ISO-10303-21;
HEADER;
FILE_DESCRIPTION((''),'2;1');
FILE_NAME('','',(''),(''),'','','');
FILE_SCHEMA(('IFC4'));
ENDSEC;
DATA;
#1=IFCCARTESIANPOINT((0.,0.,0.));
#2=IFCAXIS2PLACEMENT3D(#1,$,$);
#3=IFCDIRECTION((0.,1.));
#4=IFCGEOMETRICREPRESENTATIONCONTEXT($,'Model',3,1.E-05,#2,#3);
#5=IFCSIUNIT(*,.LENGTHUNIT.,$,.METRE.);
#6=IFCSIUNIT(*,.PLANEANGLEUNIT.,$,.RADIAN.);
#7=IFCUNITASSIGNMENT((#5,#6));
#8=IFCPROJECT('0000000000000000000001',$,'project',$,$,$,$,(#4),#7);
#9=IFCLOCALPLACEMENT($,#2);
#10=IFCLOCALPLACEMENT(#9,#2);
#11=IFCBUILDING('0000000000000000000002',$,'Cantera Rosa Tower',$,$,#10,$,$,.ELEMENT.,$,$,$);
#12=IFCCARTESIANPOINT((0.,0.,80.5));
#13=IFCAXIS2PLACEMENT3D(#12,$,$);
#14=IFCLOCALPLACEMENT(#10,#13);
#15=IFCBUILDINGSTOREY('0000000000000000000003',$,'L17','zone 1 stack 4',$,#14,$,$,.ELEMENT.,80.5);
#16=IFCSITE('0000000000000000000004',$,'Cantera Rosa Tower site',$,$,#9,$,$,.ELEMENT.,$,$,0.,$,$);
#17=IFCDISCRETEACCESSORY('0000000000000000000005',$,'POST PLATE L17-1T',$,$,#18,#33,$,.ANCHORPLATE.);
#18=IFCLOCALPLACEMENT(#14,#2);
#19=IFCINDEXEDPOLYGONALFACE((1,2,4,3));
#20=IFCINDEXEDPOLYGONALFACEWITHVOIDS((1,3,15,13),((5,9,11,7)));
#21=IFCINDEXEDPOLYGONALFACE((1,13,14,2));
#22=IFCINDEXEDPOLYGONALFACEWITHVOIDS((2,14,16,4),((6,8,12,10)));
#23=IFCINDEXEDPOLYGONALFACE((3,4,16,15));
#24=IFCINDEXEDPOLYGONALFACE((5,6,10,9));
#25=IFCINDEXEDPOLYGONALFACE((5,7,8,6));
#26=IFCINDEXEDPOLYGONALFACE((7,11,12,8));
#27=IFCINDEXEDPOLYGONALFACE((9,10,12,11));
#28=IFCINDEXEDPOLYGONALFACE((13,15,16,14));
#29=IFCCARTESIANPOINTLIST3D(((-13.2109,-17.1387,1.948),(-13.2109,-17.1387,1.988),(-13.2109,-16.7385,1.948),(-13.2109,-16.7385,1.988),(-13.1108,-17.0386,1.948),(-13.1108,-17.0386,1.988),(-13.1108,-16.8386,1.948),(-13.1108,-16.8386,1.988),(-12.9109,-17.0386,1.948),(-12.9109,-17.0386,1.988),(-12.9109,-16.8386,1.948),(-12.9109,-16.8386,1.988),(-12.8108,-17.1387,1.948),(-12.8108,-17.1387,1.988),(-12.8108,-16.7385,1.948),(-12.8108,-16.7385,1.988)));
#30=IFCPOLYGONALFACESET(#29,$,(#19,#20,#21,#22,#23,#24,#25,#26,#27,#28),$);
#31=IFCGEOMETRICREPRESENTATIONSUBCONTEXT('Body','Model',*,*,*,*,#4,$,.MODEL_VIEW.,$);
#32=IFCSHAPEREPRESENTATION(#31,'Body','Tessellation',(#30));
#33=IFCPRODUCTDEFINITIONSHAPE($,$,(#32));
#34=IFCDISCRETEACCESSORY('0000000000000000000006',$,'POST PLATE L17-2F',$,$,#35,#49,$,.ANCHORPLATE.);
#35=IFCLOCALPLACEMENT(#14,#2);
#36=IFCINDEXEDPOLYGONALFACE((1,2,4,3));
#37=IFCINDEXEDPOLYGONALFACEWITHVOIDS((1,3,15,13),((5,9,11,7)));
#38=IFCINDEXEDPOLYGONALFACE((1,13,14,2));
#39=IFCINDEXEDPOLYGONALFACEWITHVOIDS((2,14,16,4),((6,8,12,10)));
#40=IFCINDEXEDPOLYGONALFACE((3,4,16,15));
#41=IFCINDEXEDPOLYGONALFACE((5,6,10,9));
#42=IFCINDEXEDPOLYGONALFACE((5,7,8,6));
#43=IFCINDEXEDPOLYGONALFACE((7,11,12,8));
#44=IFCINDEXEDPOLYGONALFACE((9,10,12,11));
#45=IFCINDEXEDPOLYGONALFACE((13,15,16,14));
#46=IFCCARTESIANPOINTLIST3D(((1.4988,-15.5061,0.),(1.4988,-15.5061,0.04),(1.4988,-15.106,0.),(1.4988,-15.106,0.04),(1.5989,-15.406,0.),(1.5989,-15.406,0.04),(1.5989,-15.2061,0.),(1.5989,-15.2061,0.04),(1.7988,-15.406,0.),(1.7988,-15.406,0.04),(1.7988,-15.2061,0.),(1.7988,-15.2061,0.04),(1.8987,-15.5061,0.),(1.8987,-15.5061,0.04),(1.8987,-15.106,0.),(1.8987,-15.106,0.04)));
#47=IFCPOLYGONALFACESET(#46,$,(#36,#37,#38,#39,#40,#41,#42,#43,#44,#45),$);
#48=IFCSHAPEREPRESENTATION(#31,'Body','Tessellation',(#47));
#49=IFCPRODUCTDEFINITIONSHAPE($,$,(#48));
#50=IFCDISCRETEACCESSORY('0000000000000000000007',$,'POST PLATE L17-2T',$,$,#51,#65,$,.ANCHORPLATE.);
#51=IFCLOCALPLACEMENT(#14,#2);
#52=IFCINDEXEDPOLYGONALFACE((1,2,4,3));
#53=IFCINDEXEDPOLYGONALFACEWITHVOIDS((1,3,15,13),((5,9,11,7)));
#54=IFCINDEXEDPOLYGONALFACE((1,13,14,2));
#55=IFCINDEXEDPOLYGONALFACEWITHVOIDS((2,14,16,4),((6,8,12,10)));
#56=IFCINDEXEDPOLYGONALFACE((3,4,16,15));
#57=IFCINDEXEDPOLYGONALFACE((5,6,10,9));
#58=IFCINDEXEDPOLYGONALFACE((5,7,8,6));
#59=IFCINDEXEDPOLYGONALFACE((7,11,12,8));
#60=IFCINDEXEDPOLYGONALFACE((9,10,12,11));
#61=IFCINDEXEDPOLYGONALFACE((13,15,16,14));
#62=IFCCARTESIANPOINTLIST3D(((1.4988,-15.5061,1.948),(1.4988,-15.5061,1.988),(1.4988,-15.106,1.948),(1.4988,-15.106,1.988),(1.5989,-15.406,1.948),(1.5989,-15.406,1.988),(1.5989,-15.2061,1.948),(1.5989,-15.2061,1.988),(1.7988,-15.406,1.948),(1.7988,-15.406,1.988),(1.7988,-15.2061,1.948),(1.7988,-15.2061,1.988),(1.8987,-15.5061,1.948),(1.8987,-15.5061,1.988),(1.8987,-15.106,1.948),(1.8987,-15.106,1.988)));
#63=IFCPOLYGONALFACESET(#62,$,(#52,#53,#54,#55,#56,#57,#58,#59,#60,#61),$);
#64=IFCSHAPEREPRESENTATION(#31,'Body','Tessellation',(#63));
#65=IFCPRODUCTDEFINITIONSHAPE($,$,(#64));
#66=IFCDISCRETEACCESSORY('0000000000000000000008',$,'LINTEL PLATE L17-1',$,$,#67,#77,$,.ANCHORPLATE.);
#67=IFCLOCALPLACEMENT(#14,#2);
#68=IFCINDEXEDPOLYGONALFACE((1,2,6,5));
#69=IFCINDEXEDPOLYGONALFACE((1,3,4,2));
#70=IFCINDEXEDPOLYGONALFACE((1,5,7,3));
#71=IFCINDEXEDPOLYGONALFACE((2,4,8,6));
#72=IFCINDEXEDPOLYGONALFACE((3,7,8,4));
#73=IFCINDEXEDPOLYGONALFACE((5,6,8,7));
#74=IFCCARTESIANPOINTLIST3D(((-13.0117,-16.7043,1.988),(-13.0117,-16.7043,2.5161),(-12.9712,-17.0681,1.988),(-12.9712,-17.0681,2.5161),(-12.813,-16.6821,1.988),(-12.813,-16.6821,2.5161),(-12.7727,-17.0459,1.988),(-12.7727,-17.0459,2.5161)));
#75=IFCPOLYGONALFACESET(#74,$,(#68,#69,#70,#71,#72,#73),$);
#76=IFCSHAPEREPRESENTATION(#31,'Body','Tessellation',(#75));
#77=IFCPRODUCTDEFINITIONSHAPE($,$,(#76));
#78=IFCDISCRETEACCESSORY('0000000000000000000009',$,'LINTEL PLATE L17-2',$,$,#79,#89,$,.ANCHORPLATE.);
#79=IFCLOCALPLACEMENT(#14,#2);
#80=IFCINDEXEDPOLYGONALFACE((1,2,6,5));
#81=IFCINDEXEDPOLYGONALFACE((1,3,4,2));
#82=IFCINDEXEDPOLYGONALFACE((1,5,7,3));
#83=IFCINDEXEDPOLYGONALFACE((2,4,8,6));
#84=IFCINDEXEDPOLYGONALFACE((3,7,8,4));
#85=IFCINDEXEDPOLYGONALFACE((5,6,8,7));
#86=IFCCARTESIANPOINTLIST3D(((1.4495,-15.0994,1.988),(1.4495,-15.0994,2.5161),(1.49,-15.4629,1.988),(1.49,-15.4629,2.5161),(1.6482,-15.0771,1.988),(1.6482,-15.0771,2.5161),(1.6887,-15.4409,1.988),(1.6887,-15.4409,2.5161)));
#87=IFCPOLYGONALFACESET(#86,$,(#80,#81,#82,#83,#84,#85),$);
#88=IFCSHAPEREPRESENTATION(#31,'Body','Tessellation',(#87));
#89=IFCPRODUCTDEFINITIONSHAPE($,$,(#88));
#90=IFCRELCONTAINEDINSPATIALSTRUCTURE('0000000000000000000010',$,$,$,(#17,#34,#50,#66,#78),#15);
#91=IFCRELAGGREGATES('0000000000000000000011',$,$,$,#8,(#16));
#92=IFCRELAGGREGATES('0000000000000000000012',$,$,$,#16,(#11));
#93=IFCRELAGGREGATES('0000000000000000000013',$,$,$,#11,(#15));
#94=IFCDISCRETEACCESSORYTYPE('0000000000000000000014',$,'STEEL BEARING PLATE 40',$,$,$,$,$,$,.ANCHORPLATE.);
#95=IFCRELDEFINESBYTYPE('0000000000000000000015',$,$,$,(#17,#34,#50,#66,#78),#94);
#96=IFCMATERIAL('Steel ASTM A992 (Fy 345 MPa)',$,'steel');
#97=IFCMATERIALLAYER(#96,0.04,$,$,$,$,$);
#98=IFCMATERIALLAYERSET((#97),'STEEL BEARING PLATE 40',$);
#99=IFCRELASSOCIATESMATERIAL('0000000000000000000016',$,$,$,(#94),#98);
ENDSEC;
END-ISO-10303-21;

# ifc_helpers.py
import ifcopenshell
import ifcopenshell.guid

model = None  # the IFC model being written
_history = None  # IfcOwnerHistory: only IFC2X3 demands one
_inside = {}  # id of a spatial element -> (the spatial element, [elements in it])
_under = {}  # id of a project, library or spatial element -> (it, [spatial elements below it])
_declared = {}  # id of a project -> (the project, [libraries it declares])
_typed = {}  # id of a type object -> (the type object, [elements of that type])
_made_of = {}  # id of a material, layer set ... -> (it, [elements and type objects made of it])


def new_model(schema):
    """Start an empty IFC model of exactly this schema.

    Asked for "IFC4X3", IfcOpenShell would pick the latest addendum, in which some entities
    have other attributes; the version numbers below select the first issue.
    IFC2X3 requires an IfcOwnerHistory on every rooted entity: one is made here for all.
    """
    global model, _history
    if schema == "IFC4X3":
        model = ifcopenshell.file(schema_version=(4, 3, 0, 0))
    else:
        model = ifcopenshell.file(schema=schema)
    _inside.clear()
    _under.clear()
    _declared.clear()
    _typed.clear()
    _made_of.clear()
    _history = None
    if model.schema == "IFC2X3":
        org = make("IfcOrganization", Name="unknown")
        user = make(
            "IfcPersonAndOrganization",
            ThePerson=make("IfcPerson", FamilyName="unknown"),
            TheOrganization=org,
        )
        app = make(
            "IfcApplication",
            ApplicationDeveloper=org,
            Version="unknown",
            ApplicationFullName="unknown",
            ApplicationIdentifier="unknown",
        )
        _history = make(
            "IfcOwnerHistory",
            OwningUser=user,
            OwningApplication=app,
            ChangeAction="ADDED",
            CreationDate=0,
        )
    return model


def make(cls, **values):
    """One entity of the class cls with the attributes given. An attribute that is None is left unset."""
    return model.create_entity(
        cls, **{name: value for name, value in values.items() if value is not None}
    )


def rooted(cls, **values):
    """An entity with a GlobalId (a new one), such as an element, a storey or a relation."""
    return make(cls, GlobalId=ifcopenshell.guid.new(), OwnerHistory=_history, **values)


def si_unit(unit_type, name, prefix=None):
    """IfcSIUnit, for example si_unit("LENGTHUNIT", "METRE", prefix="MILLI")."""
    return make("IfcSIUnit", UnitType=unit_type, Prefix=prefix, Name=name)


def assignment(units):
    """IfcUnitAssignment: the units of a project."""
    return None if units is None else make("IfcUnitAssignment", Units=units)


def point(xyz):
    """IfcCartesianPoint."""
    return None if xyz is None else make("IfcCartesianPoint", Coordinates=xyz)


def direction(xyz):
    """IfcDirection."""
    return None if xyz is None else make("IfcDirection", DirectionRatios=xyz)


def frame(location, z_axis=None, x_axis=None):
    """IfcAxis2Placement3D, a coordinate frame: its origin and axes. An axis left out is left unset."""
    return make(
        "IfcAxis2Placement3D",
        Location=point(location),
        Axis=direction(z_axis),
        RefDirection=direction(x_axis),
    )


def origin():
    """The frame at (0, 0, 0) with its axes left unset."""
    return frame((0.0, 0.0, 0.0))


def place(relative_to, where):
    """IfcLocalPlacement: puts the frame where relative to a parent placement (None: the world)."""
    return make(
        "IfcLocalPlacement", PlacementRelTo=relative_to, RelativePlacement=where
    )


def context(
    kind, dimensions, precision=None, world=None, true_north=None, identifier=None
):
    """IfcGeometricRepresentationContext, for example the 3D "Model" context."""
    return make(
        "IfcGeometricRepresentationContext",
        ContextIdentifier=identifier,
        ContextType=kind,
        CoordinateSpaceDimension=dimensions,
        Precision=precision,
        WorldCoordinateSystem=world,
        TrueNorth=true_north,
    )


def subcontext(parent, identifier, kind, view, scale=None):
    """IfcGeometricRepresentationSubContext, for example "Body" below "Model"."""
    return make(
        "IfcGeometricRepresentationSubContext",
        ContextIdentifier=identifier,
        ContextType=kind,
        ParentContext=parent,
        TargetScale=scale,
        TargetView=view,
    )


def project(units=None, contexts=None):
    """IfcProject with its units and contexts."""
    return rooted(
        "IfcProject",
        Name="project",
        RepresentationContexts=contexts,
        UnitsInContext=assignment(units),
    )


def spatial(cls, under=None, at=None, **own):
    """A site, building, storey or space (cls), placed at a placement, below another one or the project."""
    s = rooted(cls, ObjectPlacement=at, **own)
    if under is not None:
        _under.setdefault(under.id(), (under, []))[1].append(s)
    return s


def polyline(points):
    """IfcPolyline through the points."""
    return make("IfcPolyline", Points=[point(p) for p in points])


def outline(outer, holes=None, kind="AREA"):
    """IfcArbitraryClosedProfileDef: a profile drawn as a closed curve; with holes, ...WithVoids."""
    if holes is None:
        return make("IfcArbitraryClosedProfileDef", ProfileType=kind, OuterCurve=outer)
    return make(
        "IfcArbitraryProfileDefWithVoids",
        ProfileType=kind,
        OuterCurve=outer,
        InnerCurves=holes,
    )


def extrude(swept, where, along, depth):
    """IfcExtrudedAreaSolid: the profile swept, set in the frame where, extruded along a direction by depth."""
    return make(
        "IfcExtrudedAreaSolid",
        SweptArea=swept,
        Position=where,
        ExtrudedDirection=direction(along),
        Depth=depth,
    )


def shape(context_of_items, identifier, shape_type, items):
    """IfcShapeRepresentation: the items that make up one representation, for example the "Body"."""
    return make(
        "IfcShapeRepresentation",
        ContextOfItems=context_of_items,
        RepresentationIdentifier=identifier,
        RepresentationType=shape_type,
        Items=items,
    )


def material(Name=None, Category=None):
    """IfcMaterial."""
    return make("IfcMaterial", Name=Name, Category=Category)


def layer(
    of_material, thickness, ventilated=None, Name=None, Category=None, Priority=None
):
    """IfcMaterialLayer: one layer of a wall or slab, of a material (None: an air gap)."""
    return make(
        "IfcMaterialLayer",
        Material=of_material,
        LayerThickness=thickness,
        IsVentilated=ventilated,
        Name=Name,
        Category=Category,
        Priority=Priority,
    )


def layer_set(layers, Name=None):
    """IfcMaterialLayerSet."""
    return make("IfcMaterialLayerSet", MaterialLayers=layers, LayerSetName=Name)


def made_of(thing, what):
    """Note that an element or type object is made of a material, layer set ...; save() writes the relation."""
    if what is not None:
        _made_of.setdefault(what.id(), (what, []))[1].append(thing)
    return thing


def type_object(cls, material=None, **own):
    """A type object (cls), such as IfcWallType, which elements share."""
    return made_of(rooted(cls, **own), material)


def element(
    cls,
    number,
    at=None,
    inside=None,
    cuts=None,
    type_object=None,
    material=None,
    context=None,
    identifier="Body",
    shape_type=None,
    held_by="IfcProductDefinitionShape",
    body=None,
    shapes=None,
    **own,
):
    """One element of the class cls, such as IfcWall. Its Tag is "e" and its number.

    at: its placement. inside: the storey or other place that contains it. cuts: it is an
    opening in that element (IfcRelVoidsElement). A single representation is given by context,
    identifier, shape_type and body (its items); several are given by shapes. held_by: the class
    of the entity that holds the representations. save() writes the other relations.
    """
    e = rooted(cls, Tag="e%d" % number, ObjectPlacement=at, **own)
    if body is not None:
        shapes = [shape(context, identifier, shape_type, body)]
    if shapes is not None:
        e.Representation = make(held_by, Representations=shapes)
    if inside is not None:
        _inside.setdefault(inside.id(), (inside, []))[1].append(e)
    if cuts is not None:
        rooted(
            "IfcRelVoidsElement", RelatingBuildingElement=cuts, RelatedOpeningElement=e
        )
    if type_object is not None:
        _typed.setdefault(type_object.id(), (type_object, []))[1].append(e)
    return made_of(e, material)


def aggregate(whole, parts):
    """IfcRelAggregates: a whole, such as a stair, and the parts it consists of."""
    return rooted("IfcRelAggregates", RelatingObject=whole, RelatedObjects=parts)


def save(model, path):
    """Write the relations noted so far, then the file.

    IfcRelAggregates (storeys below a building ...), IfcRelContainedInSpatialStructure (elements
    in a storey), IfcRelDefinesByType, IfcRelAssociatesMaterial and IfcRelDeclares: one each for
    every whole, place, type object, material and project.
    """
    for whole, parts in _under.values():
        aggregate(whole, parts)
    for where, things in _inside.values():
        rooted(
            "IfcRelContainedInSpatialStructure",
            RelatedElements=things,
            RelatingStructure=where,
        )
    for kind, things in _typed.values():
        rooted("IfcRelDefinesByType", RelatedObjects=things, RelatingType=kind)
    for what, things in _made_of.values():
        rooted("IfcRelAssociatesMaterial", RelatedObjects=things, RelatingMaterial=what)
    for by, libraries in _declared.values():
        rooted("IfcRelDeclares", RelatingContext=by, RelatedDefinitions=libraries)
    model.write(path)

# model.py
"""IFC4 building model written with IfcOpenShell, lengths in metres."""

from ifc_helpers import new_model, si_unit, direction, frame, origin, place, context, subcontext, project, spatial, polyline, outline, extrude, material, layer, layer_set, type_object, element, save


model = new_model("IFC4")

# Units and contexts
model_context = context("Model", 3, precision=1e-05, world=origin(), true_north=direction((0.0, 1.0)))
body_context = subcontext(model_context, "Body", "Model", "MODEL_VIEW")
ifc_project = project(units=[si_unit("LENGTHUNIT", "METRE"), si_unit("PLANEANGLEUNIT", "RADIAN")], contexts=[model_context])

# Site, building, storey
site_placement = place(None, origin())
site = spatial("IfcSite", under=ifc_project, at=site_placement, Name="Cantera Rosa Tower site", CompositionType="ELEMENT", RefElevation=0.0)
building_placement = place(site_placement, origin())
building = spatial("IfcBuilding", under=site, at=building_placement, Name="Cantera Rosa Tower", CompositionType="ELEMENT")
storey_placement = place(building_placement, frame((0.0, 0.0, 80.5)))
storey = spatial("IfcBuildingStorey", under=building, at=storey_placement, Name="L17", Description="zone 1 stack 4", CompositionType="ELEMENT", Elevation=80.5)

# Discrete accessories
ifc_material_1 = material(Name="Steel ASTM A992 (Fy 345 MPa)", Category="steel")
ifc_layer_1 = layer(ifc_material_1, 0.04)
ifc_layer_set_1 = layer_set([ifc_layer_1], Name="STEEL BEARING PLATE 40")
discrete_accessory_type = type_object("IfcDiscreteAccessoryType", Name="STEEL BEARING PLATE 40", PredefinedType="ANCHORPLATE", material=ifc_layer_set_1)
for number, where, name in (
    (1, (0.0, 0.0, 1.948), "POST PLATE L17-1T"),
):
    element("IfcDiscreteAccessory", number, at=place(storey_placement, frame(where)), inside=storey, type_object=discrete_accessory_type, Name=name, PredefinedType="ANCHORPLATE", context=body_context, shape_type="SweptSolid", body=[
        extrude(outline(polyline([(-13.2109, -17.1387), (-12.8108, -17.1387), (-12.8108, -16.7385), (-13.2109, -16.7385), (-13.2109, -17.1387)]), holes=[polyline([(-13.1108, -17.0386), (-12.9109, -17.0386), (-12.9109, -16.8386), (-13.1108, -16.8386), (-13.1108, -17.0386)])]), origin(), (0.0, 0.0, 1.0), 0.04),
    ])
for number, where, name in (
    (2, (0.0, 0.0, 0.0), "POST PLATE L17-2F"),
    (3, (0.0, 0.0, 1.948), "POST PLATE L17-2T"),
):
    element("IfcDiscreteAccessory", number, at=place(storey_placement, frame(where)), inside=storey, type_object=discrete_accessory_type, Name=name, PredefinedType="ANCHORPLATE", context=body_context, shape_type="SweptSolid", body=[
        extrude(outline(polyline([(1.4988, -15.5061), (1.8987, -15.5061), (1.8987, -15.106), (1.4988, -15.106), (1.4988, -15.5061)]), holes=[polyline([(1.5989, -15.406), (1.7988, -15.406), (1.7988, -15.2061), (1.5989, -15.2061), (1.5989, -15.406)])]), origin(), (0.0, 0.0, 1.0), 0.04),
    ])
discrete_accessory_1_placement = place(storey_placement, frame((0.0, 0.0, 1.988)))
element("IfcDiscreteAccessory", 4, at=discrete_accessory_1_placement, inside=storey, type_object=discrete_accessory_type, Name="LINTEL PLATE L17-1", PredefinedType="ANCHORPLATE", context=body_context, shape_type="SweptSolid", body=[
    extrude(outline(polyline([(-12.813, -16.6821), (-13.0117, -16.7043), (-12.9712, -17.0681), (-12.7727, -17.0459), (-12.813, -16.6821)])), origin(), (0.0, 0.0, 1.0), 0.5281),
])
discrete_accessory_2_placement = place(storey_placement, frame((0.0, 0.0, 1.988)))
element("IfcDiscreteAccessory", 5, at=discrete_accessory_2_placement, inside=storey, type_object=discrete_accessory_type, Name="LINTEL PLATE L17-2", PredefinedType="ANCHORPLATE", context=body_context, shape_type="SweptSolid", body=[
    extrude(outline(polyline([(1.49, -15.4629), (1.6887, -15.4409), (1.6482, -15.0771), (1.4495, -15.0994), (1.49, -15.4629)])), origin(), (0.0, 0.0, 1.0), 0.5281),
])

save(model, "model.ifc")
